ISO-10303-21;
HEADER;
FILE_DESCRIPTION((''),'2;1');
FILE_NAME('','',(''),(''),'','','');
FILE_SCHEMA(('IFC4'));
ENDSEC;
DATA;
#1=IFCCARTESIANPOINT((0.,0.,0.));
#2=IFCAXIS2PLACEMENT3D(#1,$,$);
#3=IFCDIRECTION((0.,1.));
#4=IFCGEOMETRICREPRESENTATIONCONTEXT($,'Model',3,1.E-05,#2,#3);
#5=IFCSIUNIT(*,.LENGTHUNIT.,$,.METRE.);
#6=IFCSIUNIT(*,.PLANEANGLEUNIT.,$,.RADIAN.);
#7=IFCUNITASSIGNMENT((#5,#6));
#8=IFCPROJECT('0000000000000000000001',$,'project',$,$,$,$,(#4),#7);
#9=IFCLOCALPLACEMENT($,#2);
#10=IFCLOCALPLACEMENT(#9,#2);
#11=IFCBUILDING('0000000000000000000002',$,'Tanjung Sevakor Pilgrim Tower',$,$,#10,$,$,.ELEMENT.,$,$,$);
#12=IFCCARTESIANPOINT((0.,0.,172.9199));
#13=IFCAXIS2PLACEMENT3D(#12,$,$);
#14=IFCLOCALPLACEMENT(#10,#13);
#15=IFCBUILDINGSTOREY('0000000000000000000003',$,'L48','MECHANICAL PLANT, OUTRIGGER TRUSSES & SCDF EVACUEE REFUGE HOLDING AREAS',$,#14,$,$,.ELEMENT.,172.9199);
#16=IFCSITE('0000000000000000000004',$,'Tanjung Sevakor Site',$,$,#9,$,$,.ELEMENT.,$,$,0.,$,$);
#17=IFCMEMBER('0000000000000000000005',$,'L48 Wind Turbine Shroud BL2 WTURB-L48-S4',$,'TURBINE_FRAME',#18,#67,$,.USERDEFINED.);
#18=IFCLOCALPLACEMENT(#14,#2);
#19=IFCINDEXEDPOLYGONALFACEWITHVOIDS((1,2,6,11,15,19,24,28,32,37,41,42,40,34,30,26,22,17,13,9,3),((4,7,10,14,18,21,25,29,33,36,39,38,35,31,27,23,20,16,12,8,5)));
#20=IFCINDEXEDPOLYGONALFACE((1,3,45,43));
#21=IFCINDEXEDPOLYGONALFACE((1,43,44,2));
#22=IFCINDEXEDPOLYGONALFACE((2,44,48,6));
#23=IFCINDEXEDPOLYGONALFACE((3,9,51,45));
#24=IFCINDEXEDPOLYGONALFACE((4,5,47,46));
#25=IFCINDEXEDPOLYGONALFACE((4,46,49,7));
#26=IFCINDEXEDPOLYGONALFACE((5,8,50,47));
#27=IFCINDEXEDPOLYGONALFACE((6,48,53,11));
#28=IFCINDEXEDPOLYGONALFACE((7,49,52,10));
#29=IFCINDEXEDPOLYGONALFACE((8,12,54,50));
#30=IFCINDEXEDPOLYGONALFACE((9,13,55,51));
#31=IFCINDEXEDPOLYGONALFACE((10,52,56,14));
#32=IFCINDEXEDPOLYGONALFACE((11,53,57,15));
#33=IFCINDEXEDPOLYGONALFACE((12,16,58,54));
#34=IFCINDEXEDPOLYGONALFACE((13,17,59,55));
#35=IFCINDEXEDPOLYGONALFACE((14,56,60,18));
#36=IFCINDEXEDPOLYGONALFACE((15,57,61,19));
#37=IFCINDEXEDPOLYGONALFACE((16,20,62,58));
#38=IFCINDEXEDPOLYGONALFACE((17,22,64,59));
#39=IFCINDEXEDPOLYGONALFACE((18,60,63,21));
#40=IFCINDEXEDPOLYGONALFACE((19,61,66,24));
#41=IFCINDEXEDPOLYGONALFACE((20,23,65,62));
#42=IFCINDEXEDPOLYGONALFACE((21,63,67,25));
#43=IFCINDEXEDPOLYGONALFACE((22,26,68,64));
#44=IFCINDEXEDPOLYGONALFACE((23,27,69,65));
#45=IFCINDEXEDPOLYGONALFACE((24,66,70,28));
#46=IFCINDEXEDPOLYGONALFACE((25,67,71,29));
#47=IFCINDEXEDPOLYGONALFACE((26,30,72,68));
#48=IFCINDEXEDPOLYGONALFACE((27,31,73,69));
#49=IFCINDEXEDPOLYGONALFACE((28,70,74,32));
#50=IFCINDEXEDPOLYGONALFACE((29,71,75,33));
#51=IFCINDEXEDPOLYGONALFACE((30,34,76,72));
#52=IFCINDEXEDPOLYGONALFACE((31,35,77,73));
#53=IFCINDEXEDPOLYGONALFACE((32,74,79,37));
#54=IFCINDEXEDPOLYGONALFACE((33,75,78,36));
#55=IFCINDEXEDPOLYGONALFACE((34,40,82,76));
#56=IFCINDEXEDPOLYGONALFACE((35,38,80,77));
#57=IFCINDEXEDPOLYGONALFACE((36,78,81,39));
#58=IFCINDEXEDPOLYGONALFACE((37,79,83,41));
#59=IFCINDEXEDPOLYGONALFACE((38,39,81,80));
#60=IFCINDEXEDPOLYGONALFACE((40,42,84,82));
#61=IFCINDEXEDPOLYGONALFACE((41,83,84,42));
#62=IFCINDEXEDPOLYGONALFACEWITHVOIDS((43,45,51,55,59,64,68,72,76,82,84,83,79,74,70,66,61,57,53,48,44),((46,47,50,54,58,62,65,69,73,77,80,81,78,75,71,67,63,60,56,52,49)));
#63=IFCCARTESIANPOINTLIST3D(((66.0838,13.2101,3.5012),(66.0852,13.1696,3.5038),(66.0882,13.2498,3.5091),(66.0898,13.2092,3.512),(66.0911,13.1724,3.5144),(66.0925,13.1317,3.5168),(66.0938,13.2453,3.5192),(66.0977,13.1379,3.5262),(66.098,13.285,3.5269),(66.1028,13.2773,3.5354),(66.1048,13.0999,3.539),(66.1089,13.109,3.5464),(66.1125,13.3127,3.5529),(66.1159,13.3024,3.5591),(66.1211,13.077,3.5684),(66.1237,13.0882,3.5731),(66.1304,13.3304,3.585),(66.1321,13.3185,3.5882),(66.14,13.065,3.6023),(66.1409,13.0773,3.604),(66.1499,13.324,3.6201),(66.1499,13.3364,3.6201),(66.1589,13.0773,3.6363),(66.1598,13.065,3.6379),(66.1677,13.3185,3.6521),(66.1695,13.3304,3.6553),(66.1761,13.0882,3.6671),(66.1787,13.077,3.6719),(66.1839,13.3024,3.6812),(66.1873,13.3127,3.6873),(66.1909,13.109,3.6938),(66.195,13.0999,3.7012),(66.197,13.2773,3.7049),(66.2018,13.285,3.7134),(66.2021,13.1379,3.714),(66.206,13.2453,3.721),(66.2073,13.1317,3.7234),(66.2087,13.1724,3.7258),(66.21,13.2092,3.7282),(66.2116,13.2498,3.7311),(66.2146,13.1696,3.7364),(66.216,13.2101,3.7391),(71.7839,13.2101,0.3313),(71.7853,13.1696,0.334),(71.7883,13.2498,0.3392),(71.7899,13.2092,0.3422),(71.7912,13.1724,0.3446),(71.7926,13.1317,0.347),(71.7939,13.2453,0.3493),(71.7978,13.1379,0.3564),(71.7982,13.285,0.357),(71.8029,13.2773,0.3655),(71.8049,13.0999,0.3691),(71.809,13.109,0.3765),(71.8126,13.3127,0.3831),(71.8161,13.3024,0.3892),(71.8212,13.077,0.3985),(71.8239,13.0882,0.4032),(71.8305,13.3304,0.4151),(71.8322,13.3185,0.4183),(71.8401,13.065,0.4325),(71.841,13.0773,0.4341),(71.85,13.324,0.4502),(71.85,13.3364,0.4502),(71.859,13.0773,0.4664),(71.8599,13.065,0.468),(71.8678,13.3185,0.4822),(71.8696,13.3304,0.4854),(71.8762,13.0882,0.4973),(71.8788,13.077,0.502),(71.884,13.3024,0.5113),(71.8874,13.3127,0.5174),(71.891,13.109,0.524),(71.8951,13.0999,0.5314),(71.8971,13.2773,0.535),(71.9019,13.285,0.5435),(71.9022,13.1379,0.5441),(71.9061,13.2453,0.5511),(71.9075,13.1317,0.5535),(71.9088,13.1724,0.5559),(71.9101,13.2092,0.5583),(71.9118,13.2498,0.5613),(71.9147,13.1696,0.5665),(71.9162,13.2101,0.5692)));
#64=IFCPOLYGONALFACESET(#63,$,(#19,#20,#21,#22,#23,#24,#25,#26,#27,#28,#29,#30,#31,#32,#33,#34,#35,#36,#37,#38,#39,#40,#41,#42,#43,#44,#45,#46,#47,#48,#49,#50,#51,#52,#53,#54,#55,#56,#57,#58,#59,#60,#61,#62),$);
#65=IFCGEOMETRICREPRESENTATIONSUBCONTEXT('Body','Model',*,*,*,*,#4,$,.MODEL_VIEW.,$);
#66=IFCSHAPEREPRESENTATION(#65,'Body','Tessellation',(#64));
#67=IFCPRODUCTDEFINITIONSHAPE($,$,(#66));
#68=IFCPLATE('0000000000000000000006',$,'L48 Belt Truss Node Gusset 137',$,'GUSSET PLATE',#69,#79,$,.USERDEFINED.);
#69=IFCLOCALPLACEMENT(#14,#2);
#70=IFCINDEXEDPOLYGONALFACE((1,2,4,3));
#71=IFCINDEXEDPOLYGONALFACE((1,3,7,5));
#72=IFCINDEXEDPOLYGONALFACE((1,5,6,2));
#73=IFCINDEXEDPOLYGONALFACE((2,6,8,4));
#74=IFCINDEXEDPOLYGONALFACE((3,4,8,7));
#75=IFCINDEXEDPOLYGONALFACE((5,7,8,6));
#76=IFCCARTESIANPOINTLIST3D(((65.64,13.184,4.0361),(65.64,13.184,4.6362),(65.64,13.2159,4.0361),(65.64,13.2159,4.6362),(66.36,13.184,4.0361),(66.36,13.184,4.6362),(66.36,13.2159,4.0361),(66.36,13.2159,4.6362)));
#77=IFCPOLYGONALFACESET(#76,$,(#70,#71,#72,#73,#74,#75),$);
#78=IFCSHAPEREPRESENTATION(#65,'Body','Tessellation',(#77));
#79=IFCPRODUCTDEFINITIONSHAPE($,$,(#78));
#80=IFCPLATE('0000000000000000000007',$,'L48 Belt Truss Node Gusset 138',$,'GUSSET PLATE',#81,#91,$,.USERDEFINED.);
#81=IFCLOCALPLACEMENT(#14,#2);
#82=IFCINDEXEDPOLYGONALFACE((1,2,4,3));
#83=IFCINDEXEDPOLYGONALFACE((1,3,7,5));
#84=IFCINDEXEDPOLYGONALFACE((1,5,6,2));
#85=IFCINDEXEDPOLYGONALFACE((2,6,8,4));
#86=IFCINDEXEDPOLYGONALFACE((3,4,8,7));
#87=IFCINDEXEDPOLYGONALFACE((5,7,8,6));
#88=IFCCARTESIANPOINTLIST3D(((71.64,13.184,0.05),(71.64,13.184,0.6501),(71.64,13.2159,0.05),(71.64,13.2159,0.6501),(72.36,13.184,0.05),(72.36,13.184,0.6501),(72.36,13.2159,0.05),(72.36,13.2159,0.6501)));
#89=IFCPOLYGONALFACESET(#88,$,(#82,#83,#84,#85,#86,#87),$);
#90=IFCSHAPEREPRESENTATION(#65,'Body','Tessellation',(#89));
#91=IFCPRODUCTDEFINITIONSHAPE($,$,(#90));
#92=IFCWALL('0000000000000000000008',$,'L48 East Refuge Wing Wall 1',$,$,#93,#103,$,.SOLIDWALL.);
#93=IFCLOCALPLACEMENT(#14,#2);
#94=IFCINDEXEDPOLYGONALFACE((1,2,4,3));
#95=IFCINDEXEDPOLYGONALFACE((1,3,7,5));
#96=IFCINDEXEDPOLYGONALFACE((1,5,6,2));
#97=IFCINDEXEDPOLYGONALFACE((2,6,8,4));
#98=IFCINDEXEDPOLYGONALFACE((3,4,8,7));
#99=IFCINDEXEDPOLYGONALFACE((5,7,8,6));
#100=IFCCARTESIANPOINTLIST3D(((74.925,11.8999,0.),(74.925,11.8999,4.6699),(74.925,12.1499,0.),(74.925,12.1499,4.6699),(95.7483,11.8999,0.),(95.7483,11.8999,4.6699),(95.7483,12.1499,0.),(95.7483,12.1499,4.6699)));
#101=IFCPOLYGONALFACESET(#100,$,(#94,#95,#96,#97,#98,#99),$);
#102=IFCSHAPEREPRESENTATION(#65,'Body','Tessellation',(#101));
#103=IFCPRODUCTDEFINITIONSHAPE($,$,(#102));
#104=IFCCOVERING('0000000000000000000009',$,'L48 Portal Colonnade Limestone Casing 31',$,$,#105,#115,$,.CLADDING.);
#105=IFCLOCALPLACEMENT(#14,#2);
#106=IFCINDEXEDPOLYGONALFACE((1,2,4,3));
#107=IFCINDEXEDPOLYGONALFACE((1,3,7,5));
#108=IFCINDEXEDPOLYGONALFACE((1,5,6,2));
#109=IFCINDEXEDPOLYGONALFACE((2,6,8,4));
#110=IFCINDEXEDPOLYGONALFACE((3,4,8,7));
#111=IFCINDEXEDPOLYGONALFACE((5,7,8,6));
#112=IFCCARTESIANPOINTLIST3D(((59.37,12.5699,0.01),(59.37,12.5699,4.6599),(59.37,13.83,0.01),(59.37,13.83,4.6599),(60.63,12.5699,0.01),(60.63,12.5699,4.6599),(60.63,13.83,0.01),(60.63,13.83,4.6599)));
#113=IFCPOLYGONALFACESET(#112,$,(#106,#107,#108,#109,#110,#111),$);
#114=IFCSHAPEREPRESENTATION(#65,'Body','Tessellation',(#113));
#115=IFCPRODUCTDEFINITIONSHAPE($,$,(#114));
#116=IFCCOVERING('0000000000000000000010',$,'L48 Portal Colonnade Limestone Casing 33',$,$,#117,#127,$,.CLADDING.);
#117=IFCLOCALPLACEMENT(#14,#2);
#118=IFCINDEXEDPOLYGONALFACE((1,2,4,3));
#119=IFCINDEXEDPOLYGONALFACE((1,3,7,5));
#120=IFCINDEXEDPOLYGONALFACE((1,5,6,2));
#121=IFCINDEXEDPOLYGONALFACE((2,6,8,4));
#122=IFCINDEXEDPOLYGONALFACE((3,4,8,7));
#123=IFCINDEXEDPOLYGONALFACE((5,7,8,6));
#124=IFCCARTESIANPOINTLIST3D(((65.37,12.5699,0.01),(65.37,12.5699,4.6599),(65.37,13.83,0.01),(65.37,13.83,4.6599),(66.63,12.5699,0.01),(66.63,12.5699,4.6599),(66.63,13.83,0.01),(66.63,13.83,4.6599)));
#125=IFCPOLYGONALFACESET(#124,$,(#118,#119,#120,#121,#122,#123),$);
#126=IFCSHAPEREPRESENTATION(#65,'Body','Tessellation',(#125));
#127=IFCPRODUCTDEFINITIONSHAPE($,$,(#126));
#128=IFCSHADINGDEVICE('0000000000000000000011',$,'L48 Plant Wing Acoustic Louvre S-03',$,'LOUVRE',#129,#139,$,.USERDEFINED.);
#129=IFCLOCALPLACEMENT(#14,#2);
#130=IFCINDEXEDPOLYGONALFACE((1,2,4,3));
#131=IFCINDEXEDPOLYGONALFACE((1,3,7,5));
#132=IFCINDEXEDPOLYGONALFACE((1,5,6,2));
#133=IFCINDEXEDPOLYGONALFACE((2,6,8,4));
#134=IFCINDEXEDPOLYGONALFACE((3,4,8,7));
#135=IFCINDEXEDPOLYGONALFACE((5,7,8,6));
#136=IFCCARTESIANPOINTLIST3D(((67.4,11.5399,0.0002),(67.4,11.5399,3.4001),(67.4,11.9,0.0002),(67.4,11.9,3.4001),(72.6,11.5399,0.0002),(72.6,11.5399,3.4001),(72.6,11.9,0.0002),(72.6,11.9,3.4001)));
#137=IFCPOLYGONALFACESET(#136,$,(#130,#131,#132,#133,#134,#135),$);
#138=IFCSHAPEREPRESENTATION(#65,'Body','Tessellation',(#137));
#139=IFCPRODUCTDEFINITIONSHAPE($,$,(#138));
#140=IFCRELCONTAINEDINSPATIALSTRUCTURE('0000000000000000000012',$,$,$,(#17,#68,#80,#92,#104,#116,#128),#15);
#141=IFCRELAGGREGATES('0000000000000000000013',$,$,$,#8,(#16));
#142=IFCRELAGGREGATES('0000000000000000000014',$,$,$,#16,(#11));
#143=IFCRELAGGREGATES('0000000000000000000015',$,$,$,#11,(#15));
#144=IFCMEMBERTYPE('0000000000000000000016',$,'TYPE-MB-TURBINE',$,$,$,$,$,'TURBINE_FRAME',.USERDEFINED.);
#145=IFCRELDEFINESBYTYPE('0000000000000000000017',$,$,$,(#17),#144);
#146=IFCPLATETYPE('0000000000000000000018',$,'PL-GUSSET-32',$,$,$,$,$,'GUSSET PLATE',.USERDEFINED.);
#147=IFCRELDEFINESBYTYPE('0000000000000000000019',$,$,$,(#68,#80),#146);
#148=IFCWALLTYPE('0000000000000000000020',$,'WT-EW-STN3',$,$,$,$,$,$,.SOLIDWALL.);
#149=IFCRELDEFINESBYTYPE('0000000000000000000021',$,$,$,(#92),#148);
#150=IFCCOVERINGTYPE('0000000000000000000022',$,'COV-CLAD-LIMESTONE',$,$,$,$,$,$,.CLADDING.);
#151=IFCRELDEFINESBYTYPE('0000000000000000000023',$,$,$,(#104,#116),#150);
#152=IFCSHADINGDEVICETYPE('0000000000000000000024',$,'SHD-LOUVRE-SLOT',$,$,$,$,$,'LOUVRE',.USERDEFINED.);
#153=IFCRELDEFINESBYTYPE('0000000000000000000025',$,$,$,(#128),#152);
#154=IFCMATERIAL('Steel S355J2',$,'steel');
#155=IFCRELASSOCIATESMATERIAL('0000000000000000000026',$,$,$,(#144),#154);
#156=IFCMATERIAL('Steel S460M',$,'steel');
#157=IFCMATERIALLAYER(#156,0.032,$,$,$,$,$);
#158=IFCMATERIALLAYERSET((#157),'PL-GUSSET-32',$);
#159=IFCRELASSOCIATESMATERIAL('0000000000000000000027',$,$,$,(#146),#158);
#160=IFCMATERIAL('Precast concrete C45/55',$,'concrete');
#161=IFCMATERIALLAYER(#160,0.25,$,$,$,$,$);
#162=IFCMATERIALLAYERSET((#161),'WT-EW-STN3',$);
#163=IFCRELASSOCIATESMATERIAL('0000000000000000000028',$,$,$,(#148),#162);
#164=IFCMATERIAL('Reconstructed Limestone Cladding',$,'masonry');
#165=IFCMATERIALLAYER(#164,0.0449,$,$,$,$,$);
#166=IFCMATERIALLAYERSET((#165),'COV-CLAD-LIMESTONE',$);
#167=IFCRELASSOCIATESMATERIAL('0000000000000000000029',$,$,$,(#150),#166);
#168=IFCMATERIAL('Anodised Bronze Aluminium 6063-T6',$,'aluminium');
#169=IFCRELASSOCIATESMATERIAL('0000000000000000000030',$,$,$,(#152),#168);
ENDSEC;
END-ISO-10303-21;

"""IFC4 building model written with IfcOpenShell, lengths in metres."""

from ifc_helpers import new_model, si_unit, direction, frame, frame_2d, origin, origin_2d, place, context, subcontext, project, spatial, rectangle, hollow_circle, extrude, material, layer, layer_set, material_profile, profile_set, type_object, element, save


model = new_model("IFC4")

# Units and contexts
model_context = context("Model", 3, precision=1e-05, world=origin(), true_north=direction((0.0, 1.0)))
body_context = subcontext(model_context, "Body", "Model", "MODEL_VIEW")
ifc_project = project(units=[si_unit("LENGTHUNIT", "METRE"), si_unit("PLANEANGLEUNIT", "RADIAN")], contexts=[model_context])

# Site, building, storey
site_placement = place(None, origin())
site = spatial("IfcSite", under=ifc_project, at=site_placement, Name="Tanjung Sevakor Site", CompositionType="ELEMENT", RefElevation=0.0)
building_placement = place(site_placement, origin())
building = spatial("IfcBuilding", under=site, at=building_placement, Name="Tanjung Sevakor Pilgrim Tower", CompositionType="ELEMENT")
storey_placement = place(building_placement, frame((0.0, 0.0, 172.9199)))
storey = spatial("IfcBuildingStorey", under=building, at=storey_placement, Name="L48", Description="MECHANICAL PLANT, OUTRIGGER TRUSSES & SCDF EVACUEE REFUGE HOLDING AREAS", CompositionType="ELEMENT", Elevation=172.9199)

# Member
ifc_material_1 = material(Name="Steel S355J2", Category="steel")
ifc_material_profile_1 = material_profile(ifc_material_1, hollow_circle(Radius=0.1365, WallThickness=0.0125, at=origin_2d()))
ifc_profile_set_1 = profile_set([ifc_material_profile_1], Name="Steel S355J2")
member_type_1 = type_object("IfcMemberType", Name="TYPE-MB-TURBINE", ElementType="TURBINE_FRAME", PredefinedType="USERDEFINED", material=ifc_profile_set_1)
for number, where, z_axis, x_axis, name in (
    (1, (66.1499, 13.2, 3.6201), (0.873952, 0.0, -0.486012), (0.0, 1.0, 0.0), "L48 Wind Turbine Shroud BL2 WTURB-L48-S4"),
):
    element("IfcMember", number, at=place(storey_placement, frame(where, z_axis=z_axis, x_axis=x_axis)), inside=storey, type_object=member_type_1, Name=name, ObjectType="TURBINE_FRAME", PredefinedType="USERDEFINED", context=body_context, shape_type="SweptSolid", body=[
        extrude(hollow_circle(Radius=0.1365, WallThickness=0.0125, at=origin_2d()), origin(), (0.0, 0.0, 1.0), 6.5222),
    ])

# Plates
ifc_material_2 = material(Name="Steel S460M", Category="steel")
ifc_layer_1 = layer(ifc_material_2, 0.032)
ifc_layer_set_1 = layer_set([ifc_layer_1], Name="PL-GUSSET-32")
plate_type = type_object("IfcPlateType", Name="PL-GUSSET-32", ElementType="GUSSET PLATE", PredefinedType="USERDEFINED", material=ifc_layer_set_1)
for number, where, z_axis, x_axis, name in (
    (2, (66.0, 13.2, 4.0361), (0.0, 0.0, 1.0), (1.0, 0.0, 0.0), "L48 Belt Truss Node Gusset 137"),
    (3, (72.0, 13.2, 0.05), (0.0, 0.0, 1.0), (1.0, 0.0, 0.0), "L48 Belt Truss Node Gusset 138"),
):
    element("IfcPlate", number, at=place(storey_placement, frame(where, z_axis=z_axis, x_axis=x_axis)), inside=storey, type_object=plate_type, Name=name, ObjectType="GUSSET PLATE", PredefinedType="USERDEFINED", context=body_context, shape_type="SweptSolid", body=[
        extrude(rectangle(XDim=0.72, YDim=0.032, at=origin_2d()), origin(), (0.0, 0.0, 1.0), 0.6001),
    ])

# Wall
ifc_material_3 = material(Name="Precast concrete C45/55", Category="concrete")
ifc_layer_2 = layer(ifc_material_3, 0.25)
ifc_layer_set_2 = layer_set([ifc_layer_2], Name="WT-EW-STN3")
wall_type = type_object("IfcWallType", Name="WT-EW-STN3", PredefinedType="SOLIDWALL", material=ifc_layer_set_2)
wall_placement = place(storey_placement, frame((74.925, 12.0249, 0.0), z_axis=(0.0, 0.0, 1.0), x_axis=(1.0, 0.0, 0.0)))
element("IfcWall", 4, at=wall_placement, inside=storey, type_object=wall_type, Name="L48 East Refuge Wing Wall 1", PredefinedType="SOLIDWALL", context=body_context, shape_type="SweptSolid", body=[
    extrude(rectangle(XDim=20.8232, YDim=0.25, at=frame_2d((10.4116, 0.0))), origin(), (0.0, 0.0, 1.0), 4.6699),
])

# Coverings
ifc_material_4 = material(Name="Reconstructed Limestone Cladding", Category="masonry")
ifc_layer_3 = layer(ifc_material_4, 0.0449)
ifc_layer_set_3 = layer_set([ifc_layer_3], Name="COV-CLAD-LIMESTONE")
covering_type = type_object("IfcCoveringType", Name="COV-CLAD-LIMESTONE", PredefinedType="CLADDING", material=ifc_layer_set_3)
for number, where, z_axis, x_axis, name in (
    (5, (60.0, 13.2, 0.01), (0.0, 0.0, 1.0), (1.0, 0.0, 0.0), "L48 Portal Colonnade Limestone Casing 31"),
    (6, (66.0, 13.2, 0.01), (0.0, 0.0, 1.0), (1.0, 0.0, 0.0), "L48 Portal Colonnade Limestone Casing 33"),
):
    element("IfcCovering", number, at=place(storey_placement, frame(where, z_axis=z_axis, x_axis=x_axis)), inside=storey, type_object=covering_type, Name=name, PredefinedType="CLADDING", context=body_context, shape_type="SweptSolid", body=[
        extrude(rectangle(XDim=1.26, YDim=1.26, at=origin_2d()), origin(), (0.0, 0.0, 1.0), 4.6499),
    ])

# Shading device
ifc_material_5 = material(Name="Anodised Bronze Aluminium 6063-T6", Category="aluminium")
shading_device_type = type_object("IfcShadingDeviceType", Name="SHD-LOUVRE-SLOT", ElementType="LOUVRE", PredefinedType="USERDEFINED", material=ifc_material_5)
shading_device_placement = place(storey_placement, frame((70.0, 11.72, 0.0002), z_axis=(0.0, 0.0, 1.0), x_axis=(1.0, 0.0, 0.0)))
element("IfcShadingDevice", 7, at=shading_device_placement, inside=storey, type_object=shading_device_type, Name="L48 Plant Wing Acoustic Louvre S-03", ObjectType="LOUVRE", PredefinedType="USERDEFINED", context=body_context, shape_type="SweptSolid", body=[
    extrude(rectangle(XDim=5.2, YDim=0.3601, at=origin_2d()), origin(), (0.0, 0.0, 1.0), 3.3999),
])

save(model, "model.ifc")
